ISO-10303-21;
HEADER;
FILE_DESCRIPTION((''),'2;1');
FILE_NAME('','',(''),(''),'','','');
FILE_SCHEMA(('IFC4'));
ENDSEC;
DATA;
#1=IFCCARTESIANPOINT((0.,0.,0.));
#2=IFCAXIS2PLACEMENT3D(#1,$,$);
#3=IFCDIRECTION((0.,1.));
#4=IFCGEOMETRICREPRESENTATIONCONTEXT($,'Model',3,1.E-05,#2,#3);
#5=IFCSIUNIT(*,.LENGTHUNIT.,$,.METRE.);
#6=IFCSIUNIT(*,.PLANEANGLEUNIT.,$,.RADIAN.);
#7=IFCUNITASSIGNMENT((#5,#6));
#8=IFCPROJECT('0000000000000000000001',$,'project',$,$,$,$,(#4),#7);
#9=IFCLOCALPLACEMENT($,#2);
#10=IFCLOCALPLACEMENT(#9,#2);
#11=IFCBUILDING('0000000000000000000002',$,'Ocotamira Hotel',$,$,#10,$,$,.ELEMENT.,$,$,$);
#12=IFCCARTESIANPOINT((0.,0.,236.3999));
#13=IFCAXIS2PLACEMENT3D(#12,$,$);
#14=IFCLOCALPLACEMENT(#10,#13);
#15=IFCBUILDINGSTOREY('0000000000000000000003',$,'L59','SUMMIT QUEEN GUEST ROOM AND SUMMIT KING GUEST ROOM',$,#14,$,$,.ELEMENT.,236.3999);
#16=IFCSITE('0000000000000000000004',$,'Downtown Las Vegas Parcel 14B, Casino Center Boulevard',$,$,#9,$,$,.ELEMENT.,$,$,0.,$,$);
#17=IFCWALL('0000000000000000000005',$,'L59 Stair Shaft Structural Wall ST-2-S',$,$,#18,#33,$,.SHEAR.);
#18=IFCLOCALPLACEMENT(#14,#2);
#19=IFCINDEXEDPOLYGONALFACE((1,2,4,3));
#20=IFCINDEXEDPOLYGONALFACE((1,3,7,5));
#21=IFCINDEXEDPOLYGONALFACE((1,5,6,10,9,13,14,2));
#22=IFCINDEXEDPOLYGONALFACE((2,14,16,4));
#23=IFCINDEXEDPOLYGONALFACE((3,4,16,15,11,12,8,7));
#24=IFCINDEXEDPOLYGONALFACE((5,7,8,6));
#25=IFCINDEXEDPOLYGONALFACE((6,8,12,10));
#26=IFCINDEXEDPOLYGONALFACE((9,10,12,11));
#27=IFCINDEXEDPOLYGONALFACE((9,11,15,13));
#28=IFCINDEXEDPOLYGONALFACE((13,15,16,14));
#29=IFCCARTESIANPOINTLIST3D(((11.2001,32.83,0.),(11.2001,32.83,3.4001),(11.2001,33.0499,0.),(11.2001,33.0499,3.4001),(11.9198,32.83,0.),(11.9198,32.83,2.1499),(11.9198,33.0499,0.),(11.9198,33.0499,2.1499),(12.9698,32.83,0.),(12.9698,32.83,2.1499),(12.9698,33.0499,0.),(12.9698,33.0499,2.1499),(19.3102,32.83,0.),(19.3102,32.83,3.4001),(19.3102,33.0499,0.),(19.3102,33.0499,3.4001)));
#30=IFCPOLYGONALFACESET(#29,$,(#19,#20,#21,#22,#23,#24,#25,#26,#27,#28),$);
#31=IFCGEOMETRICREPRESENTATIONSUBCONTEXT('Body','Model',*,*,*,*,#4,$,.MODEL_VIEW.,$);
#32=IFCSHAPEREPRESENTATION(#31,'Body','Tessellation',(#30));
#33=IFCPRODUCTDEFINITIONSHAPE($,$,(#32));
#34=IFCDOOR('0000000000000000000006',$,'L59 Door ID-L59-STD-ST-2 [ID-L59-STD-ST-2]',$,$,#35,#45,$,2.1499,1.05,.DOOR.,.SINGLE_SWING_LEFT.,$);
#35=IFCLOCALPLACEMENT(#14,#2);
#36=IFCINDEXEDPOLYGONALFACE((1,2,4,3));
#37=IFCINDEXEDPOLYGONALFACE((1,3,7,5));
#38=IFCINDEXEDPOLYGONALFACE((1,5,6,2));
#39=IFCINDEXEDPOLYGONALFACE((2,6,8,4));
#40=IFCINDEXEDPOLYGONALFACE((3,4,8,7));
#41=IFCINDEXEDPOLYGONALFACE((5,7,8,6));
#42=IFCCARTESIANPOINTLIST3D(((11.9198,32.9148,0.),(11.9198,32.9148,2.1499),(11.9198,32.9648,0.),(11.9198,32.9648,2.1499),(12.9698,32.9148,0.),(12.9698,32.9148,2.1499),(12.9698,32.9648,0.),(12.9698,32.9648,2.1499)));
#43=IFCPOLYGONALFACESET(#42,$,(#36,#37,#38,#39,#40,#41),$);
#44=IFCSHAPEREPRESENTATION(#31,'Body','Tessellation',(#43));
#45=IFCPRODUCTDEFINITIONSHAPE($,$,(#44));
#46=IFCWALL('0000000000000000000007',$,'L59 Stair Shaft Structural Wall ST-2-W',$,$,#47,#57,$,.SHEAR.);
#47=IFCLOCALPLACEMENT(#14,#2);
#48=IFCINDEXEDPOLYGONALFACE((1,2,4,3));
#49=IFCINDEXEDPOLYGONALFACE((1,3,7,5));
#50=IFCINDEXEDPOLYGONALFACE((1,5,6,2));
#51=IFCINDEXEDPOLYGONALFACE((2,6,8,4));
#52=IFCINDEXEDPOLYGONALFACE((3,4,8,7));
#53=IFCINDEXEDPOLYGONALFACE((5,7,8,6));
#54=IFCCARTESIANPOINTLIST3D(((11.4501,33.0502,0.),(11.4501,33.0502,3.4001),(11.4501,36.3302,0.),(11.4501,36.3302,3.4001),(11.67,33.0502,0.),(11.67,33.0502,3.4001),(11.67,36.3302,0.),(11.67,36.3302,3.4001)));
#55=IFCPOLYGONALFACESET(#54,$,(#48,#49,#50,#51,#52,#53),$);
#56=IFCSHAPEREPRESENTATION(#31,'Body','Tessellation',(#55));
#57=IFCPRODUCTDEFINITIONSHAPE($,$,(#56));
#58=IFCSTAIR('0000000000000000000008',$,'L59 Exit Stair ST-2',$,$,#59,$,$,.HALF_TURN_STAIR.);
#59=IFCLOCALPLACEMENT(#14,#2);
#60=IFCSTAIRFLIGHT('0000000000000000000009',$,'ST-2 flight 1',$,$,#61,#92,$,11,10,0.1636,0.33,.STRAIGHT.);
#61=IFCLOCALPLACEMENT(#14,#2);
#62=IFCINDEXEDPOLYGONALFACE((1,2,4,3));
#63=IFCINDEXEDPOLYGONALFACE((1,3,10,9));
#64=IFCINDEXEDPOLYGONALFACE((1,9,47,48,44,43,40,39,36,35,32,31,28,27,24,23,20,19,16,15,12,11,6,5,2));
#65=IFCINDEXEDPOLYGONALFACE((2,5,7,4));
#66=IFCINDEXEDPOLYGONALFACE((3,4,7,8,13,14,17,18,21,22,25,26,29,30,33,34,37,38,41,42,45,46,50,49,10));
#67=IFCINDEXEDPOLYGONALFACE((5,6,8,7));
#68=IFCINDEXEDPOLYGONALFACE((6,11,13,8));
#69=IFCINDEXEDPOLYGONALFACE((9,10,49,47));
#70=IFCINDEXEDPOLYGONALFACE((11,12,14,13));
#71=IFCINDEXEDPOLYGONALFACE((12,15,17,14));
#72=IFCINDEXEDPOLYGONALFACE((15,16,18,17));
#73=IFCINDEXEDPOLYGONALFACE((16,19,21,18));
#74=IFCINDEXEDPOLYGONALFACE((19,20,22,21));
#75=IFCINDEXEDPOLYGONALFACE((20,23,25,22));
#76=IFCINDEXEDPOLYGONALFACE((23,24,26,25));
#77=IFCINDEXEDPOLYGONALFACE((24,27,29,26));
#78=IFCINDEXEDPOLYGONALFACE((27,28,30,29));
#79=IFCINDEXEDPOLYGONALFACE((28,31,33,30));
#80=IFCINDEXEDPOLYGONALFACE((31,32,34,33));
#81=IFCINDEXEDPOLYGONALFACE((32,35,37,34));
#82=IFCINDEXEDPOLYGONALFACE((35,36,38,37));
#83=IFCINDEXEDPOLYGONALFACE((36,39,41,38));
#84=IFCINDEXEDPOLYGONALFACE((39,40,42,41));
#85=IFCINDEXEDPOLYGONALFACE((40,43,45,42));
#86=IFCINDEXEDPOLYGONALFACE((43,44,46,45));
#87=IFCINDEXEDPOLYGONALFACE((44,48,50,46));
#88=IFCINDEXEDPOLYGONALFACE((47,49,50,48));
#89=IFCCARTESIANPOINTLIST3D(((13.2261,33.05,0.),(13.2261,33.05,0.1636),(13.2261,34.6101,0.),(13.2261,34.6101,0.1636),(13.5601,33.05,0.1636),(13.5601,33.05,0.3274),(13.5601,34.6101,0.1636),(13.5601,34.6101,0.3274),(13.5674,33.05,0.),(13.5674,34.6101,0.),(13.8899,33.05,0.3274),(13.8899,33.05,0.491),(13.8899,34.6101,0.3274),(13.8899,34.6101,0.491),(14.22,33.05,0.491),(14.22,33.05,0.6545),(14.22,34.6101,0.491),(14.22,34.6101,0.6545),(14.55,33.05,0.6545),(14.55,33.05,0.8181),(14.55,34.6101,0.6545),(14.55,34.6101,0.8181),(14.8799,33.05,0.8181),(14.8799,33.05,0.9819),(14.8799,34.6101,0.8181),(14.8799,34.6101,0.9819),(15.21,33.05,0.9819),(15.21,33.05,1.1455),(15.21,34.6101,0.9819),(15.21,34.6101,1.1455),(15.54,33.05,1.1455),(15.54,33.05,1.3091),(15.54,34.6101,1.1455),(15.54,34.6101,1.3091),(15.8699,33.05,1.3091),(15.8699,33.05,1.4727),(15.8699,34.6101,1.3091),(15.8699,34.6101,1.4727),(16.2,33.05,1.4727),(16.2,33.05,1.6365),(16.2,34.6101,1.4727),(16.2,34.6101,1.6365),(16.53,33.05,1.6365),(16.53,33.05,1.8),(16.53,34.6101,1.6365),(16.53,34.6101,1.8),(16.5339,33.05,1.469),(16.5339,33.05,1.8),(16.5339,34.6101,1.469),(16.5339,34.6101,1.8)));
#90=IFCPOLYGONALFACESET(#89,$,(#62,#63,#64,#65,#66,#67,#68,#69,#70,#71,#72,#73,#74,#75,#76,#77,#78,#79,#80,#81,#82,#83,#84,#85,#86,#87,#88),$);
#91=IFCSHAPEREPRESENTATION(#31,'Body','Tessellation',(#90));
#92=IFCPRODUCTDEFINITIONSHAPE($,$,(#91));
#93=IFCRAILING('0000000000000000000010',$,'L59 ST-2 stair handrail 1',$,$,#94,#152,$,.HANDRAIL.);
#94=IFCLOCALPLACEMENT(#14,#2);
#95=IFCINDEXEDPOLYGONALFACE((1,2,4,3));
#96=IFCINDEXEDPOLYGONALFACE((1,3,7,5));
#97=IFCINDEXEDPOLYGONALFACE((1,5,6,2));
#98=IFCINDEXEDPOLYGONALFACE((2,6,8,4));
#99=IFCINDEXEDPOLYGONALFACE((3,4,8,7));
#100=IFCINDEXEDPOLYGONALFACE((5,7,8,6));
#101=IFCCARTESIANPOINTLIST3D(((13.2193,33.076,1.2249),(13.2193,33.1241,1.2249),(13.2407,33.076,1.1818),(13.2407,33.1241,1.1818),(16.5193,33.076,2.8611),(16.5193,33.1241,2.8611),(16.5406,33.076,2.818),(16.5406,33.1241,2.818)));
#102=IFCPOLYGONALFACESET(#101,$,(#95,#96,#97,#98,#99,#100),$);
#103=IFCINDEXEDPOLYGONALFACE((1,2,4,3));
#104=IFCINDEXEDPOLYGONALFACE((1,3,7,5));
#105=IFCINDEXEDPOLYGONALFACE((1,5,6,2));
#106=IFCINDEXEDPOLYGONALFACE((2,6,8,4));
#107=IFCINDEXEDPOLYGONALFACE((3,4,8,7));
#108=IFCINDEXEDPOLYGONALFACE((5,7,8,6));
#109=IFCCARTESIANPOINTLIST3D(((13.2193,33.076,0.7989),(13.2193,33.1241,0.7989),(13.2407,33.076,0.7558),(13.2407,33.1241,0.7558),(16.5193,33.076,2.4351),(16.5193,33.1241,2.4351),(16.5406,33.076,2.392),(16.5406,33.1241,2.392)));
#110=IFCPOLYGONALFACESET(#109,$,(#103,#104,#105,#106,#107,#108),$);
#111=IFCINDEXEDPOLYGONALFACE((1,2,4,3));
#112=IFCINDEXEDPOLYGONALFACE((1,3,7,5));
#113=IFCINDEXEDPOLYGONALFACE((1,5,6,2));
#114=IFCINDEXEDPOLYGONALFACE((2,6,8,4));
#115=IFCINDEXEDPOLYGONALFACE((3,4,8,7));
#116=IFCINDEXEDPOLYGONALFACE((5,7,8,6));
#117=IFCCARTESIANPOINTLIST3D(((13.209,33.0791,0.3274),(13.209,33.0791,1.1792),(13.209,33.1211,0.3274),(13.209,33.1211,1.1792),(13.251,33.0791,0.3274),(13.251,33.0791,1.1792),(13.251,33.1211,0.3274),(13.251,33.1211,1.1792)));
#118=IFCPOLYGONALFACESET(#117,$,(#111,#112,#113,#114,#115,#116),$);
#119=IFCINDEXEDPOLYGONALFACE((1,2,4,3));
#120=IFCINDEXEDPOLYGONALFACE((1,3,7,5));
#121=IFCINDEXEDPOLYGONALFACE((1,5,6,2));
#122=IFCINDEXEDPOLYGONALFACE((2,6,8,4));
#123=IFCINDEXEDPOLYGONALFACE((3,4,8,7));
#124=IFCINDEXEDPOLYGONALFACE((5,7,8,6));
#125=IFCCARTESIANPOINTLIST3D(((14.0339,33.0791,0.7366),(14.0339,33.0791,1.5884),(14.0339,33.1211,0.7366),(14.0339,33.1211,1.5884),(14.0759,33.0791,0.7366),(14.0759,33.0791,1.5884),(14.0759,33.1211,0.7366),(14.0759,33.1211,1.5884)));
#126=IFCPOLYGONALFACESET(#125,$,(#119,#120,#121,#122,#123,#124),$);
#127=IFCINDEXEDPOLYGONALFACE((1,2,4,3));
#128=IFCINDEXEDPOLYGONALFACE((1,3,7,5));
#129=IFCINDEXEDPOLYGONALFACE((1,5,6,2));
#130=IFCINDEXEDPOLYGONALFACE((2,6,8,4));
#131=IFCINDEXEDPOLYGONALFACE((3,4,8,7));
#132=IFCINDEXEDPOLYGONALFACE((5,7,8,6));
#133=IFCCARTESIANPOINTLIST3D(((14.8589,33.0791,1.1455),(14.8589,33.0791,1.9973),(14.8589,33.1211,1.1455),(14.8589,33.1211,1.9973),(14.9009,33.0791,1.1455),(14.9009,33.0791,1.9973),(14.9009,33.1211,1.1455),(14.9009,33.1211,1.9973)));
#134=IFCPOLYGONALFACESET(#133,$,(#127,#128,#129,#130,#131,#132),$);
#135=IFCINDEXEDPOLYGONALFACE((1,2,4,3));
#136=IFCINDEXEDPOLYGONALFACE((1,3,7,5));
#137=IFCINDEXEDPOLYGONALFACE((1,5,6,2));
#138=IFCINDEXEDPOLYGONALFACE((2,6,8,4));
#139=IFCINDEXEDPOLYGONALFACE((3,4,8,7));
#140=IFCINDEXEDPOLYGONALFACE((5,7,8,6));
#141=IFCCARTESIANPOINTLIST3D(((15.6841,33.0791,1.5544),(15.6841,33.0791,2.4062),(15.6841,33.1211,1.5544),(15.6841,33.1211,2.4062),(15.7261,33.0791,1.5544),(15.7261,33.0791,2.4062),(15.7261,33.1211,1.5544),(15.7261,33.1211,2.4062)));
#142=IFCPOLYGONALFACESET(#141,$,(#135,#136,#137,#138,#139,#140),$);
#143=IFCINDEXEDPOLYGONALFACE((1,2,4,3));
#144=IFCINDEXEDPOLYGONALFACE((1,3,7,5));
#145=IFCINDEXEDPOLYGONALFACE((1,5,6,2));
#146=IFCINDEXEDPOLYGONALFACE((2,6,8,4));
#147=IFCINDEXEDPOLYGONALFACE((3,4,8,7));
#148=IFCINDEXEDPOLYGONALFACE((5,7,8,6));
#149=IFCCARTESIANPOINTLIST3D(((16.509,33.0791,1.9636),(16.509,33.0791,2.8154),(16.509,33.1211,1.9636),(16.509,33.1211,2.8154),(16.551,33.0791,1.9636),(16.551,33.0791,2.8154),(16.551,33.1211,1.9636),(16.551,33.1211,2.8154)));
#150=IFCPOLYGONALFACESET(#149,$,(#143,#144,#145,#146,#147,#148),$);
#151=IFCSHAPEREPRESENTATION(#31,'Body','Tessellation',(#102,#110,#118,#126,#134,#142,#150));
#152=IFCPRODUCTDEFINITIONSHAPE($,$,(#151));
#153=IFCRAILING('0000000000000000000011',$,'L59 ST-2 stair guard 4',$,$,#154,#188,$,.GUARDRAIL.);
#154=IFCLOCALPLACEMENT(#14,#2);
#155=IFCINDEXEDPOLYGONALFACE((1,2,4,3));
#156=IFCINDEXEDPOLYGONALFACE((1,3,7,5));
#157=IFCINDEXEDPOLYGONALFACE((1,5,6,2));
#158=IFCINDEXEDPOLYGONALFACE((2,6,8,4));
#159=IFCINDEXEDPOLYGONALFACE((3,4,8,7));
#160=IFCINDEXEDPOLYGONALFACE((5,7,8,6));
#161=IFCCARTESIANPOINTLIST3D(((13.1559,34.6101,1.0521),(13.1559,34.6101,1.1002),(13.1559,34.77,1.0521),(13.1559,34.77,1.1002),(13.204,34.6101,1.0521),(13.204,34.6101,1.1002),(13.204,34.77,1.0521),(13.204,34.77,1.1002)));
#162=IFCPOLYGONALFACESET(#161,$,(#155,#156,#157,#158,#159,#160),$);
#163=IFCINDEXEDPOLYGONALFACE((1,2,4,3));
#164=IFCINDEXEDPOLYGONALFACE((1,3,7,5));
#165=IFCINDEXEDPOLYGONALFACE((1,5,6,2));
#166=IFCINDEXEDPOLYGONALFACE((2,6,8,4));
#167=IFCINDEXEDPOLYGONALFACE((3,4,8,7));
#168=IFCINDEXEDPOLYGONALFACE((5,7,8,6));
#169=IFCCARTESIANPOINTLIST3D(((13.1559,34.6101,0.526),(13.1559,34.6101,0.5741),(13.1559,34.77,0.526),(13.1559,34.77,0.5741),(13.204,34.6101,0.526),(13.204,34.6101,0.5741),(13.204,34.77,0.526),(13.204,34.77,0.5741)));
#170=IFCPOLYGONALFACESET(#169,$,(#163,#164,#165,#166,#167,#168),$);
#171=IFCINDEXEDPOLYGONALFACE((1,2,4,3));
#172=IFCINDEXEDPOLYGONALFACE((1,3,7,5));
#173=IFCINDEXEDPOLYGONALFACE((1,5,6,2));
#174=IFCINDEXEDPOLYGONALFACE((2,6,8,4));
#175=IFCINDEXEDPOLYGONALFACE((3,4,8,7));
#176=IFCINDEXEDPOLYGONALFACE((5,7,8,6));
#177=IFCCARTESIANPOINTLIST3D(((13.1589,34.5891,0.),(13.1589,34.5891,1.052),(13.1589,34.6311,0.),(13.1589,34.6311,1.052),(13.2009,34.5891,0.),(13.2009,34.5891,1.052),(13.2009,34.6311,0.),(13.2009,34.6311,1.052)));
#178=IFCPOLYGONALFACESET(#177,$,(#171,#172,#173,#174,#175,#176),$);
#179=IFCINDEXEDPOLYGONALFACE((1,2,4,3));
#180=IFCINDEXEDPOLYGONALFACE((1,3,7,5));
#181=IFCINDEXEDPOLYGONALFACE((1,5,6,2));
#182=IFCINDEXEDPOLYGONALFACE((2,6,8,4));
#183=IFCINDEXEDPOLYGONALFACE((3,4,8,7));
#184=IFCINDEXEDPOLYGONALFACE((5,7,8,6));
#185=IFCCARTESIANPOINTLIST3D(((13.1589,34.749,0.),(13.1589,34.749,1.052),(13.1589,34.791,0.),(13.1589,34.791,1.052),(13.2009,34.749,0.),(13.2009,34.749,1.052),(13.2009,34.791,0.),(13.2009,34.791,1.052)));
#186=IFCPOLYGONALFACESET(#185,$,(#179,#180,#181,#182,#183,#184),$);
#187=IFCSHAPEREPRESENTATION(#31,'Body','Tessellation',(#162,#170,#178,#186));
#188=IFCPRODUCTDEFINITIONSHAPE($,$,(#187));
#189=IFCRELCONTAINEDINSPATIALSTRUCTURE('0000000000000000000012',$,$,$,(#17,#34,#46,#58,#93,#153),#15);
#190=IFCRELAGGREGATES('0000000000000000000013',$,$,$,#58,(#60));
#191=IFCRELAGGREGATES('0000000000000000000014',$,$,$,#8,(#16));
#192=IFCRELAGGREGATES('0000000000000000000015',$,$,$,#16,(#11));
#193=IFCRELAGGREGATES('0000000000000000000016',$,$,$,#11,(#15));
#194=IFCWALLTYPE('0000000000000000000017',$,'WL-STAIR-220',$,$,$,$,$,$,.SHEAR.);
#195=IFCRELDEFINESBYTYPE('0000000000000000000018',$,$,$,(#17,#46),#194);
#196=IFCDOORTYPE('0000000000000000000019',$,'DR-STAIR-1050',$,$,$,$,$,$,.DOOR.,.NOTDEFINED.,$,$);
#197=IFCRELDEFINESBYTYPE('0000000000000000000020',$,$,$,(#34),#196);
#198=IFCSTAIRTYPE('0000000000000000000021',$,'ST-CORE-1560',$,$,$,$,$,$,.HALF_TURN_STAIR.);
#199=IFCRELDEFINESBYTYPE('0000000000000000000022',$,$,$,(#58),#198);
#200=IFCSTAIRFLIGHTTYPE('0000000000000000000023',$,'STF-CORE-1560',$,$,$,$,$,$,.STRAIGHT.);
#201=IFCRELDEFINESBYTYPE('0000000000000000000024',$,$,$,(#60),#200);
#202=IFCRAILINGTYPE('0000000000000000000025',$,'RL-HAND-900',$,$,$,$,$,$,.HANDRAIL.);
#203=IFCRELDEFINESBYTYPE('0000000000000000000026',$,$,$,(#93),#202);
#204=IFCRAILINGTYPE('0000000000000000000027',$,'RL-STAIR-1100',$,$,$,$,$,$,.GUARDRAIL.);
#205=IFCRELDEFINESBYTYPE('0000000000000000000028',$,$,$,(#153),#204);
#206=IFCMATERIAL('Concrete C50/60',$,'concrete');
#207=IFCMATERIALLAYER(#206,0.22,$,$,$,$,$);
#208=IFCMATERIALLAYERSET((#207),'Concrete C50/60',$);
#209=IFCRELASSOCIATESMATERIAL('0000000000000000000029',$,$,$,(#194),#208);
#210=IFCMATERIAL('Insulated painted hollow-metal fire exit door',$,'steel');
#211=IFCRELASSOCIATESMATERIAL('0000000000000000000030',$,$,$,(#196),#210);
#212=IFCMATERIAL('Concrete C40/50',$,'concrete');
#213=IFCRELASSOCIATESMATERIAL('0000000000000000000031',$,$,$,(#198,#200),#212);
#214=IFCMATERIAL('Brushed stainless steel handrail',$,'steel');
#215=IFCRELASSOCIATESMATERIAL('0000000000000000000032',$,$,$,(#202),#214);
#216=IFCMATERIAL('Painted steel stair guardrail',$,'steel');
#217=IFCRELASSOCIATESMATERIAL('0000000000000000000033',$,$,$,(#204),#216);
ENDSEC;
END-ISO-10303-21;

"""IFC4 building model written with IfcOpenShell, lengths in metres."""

from ifc_helpers import new_model, si_unit, direction, frame, frame_2d, origin, origin_2d, place, context, subcontext, project, spatial, polyline, rectangle, outline, extrude, source, transform, mapped, material, layer, layer_set, type_object, element, fill, aggregate, save


model = new_model("IFC4")

# Units and contexts
model_context = context("Model", 3, precision=1e-05, world=origin(), true_north=direction((0.0, 1.0)))
body_context = subcontext(model_context, "Body", "Model", "MODEL_VIEW")
ifc_project = project(units=[si_unit("LENGTHUNIT", "METRE"), si_unit("PLANEANGLEUNIT", "RADIAN")], contexts=[model_context])

# Site, building, storey
site_placement = place(None, origin())
site = spatial("IfcSite", under=ifc_project, at=site_placement, Name="Downtown Las Vegas Parcel 14B, Casino Center Boulevard", CompositionType="ELEMENT", RefElevation=0.0)
building_placement = place(site_placement, origin())
building = spatial("IfcBuilding", under=site, at=building_placement, Name="Ocotamira Hotel", CompositionType="ELEMENT")
storey_placement = place(building_placement, frame((0.0, 0.0, 236.3999)))
storey = spatial("IfcBuildingStorey", under=building, at=storey_placement, Name="L59", Description="SUMMIT QUEEN GUEST ROOM AND SUMMIT KING GUEST ROOM", CompositionType="ELEMENT", Elevation=236.3999)

# Wall, opening, door
ifc_material_1 = material(Name="Concrete C50/60", Category="concrete")
ifc_layer_1 = layer(ifc_material_1, 0.22)
ifc_layer_set_1 = layer_set([ifc_layer_1], Name="Concrete C50/60")
wall_type_1 = type_object("IfcWallType", Name="WL-STAIR-220", PredefinedType="SHEAR", material=ifc_layer_set_1)
wall_1_placement = place(storey_placement, frame((11.2, 32.9399, 0.0), z_axis=(0.0, 0.0, 1.0), x_axis=(1.0, 0.0, 0.0)))
wall_1 = element("IfcWall", 1, at=wall_1_placement, inside=storey, type_object=wall_type_1, Name="L59 Stair Shaft Structural Wall ST-2-S", PredefinedType="SHEAR", context=body_context, shape_type="SweptSolid", body=[
    extrude(rectangle(XDim=8.1101, YDim=0.22, at=frame_2d((4.0552, 0.0))), origin(), (0.0, 0.0, 1.0), 3.4001),
])
opening_placement = place(wall_1_placement, frame((0.72, 0.0, 0.0)))
opening = element("IfcOpeningElement", 2, at=opening_placement, cuts=wall_1, PredefinedType="OPENING", context=body_context, shape_type="SweptSolid", body=[
    extrude(rectangle(XDim=1.05, YDim=2.1499, at=frame_2d((0.5249, 1.075))), frame((0.0, 0.1201, 0.0), z_axis=(0.0, -1.0, 0.0), x_axis=(1.0, 0.0, 0.0)), (0.0, 0.0, 1.0), 0.24),
])
ifc_material_2 = material(Name="Insulated painted hollow-metal fire exit door", Category="steel")
door_type = type_object("IfcDoorType", Name="DR-STAIR-1050", OperationType="NOTDEFINED", PredefinedType="DOOR", material=ifc_material_2)
shared_shape_1 = source(origin(), body_context, "Body", "SweptSolid", [
    extrude(rectangle(XDim=1.05, YDim=2.1499, at=frame_2d((0.5249, 1.075))), frame((0.0, 0.0249, 0.0), z_axis=(0.0, -1.0, 0.0), x_axis=(1.0, 0.0, 0.0)), (0.0, 0.0, 1.0), 0.05),
])
door_placement = place(opening_placement, origin())
door = element("IfcDoor", 3, at=door_placement, inside=storey, type_object=door_type, Name="L59 Door ID-L59-STD-ST-2 [ID-L59-STD-ST-2]", OperationType="SINGLE_SWING_LEFT", OverallHeight=2.1499, OverallWidth=1.05, PredefinedType="DOOR", context=body_context, shape_type="MappedRepresentation", body=[
    mapped(shared_shape_1, transform((0.0, 0.0, 0.0), scale=1.0)),
])
fill(opening, door)

# Wall
wall_2_placement = place(storey_placement, frame((11.5601, 33.05, 0.0), z_axis=(0.0, 0.0, 1.0), x_axis=(0.0, 1.0, 0.0)))
element("IfcWall", 4, at=wall_2_placement, inside=storey, type_object=wall_type_1, Name="L59 Stair Shaft Structural Wall ST-2-W", PredefinedType="SHEAR", context=body_context, shape_type="SweptSolid", body=[
    extrude(rectangle(XDim=3.28, YDim=0.22, at=frame_2d((1.6401, 0.0))), origin(), (0.0, 0.0, 1.0), 3.4001),
])

# Stair, stair flight
ifc_material_3 = material(Name="Concrete C40/50", Category="concrete")
stair_type = type_object("IfcStairType", Name="ST-CORE-1560", PredefinedType="HALF_TURN_STAIR", material=ifc_material_3)
stair_placement = place(storey_placement, origin())
stair = element("IfcStair", 5, at=stair_placement, inside=storey, type_object=stair_type, Name="L59 Exit Stair ST-2", PredefinedType="HALF_TURN_STAIR")
stair_flight_type = type_object("IfcStairFlightType", Name="STF-CORE-1560", PredefinedType="STRAIGHT", material=ifc_material_3)
shared_shape_2 = source(origin(), body_context, "Body", "SweptSolid", [
    extrude(outline(polyline([(-0.0039, 0.0), (-0.0039, 0.1636), (0.3301, 0.1636), (0.3301, 0.3274), (0.6599, 0.3274), (0.6599, 0.491), (0.99, 0.491), (0.99, 0.6545), (1.3201, 0.6545), (1.3201, 0.8181), (1.6499, 0.8181), (1.6499, 0.9819), (1.98, 0.9819), (1.98, 1.1455), (2.3101, 1.1455), (2.3101, 1.3091), (2.6399, 1.3091), (2.6399, 1.4727), (2.97, 1.4727), (2.97, 1.6365), (3.3, 1.6365), (3.3, 1.8), (3.304, 1.8), (3.304, 1.469), (0.3374, 0.0), (-0.0039, 0.0)])), frame((0.0, 0.78, 0.0), z_axis=(0.0, -1.0, 0.0), x_axis=(1.0, 0.0, 0.0)), (0.0, 0.0, 1.0), 1.5601),
])
stair_flight_placement = place(storey_placement, frame((13.23, 33.8301, 0.0), z_axis=(0.0, 0.0, 1.0), x_axis=(1.0, 0.0, 0.0)))
stair_flight = element("IfcStairFlight", 6, at=stair_flight_placement, type_object=stair_flight_type, Name="ST-2 flight 1", NumberOfRisers=11, NumberOfTreads=10, PredefinedType="STRAIGHT", RiserHeight=0.1636, TreadLength=0.33, context=body_context, shape_type="MappedRepresentation", body=[
    mapped(shared_shape_2, transform((0.0, 0.0, 0.0), scale=1.0)),
])
aggregate(stair, [stair_flight])

# Railings
ifc_material_4 = material(Name="Brushed stainless steel handrail", Category="steel")
railing_type_1 = type_object("IfcRailingType", Name="RL-HAND-900", PredefinedType="HANDRAIL", material=ifc_material_4)
railing_1_placement = place(storey_placement, frame((13.23, 33.1001, 0.3274)))
element("IfcRailing", 7, at=railing_1_placement, inside=storey, type_object=railing_type_1, Name="L59 ST-2 stair handrail 1", PredefinedType="HANDRAIL", context=body_context, shape_type="SweptSolid", body=[
    extrude(rectangle(XDim=0.0481, YDim=0.0481, at=origin_2d()), frame((0.0, 0.0, 0.876), z_axis=(0.89592, 0.0, 0.444215), x_axis=(0.0, 1.0, 0.0)), (0.0, 0.0, 1.0), 3.6833),
    extrude(rectangle(XDim=0.0481, YDim=0.0481, at=origin_2d()), frame((0.0, 0.0, 0.45), z_axis=(0.89592, 0.0, 0.444215), x_axis=(0.0, 1.0, 0.0)), (0.0, 0.0, 1.0), 3.6833),
    extrude(rectangle(XDim=0.042, YDim=0.042, at=origin_2d()), origin(), (0.0, 0.0, 1.0), 0.8518),
    extrude(rectangle(XDim=0.042, YDim=0.042, at=origin_2d()), frame((0.825, 0.0, 0.4092)), (0.0, 0.0, 1.0), 0.8518),
    extrude(rectangle(XDim=0.042, YDim=0.042, at=origin_2d()), frame((1.6499, 0.0, 0.8181)), (0.0, 0.0, 1.0), 0.8518),
    extrude(rectangle(XDim=0.042, YDim=0.042, at=origin_2d()), frame((2.4751, 0.0, 1.2271)), (0.0, 0.0, 1.0), 0.8518),
    extrude(rectangle(XDim=0.042, YDim=0.042, at=origin_2d()), frame((3.3, 0.0, 1.6362)), (0.0, 0.0, 1.0), 0.8518),
])
ifc_material_5 = material(Name="Painted steel stair guardrail", Category="steel")
railing_type_2 = type_object("IfcRailingType", Name="RL-STAIR-1100", PredefinedType="GUARDRAIL", material=ifc_material_5)
railing_2_placement = place(storey_placement, frame((13.1799, 34.6101, 0.0)))
element("IfcRailing", 8, at=railing_2_placement, inside=storey, type_object=railing_type_2, Name="L59 ST-2 stair guard 4", PredefinedType="GUARDRAIL", context=body_context, shape_type="SweptSolid", body=[
    extrude(rectangle(XDim=0.0481, YDim=0.0481, at=origin_2d()), frame((0.0, 0.0, 1.0762), z_axis=(0.0, 1.0, 0.0), x_axis=(-1.0, 0.0, 0.0)), (0.0, 0.0, 1.0), 0.1599),
    extrude(rectangle(XDim=0.0481, YDim=0.0481, at=origin_2d()), frame((0.0, 0.0, 0.55), z_axis=(0.0, 1.0, 0.0), x_axis=(-1.0, 0.0, 0.0)), (0.0, 0.0, 1.0), 0.1599),
    extrude(rectangle(XDim=0.042, YDim=0.042, at=origin_2d()), origin(), (0.0, 0.0, 1.0), 1.052),
    extrude(rectangle(XDim=0.042, YDim=0.042, at=origin_2d()), frame((0.0, 0.1599, 0.0)), (0.0, 0.0, 1.0), 1.052),
])

save(model, "model.ifc")
